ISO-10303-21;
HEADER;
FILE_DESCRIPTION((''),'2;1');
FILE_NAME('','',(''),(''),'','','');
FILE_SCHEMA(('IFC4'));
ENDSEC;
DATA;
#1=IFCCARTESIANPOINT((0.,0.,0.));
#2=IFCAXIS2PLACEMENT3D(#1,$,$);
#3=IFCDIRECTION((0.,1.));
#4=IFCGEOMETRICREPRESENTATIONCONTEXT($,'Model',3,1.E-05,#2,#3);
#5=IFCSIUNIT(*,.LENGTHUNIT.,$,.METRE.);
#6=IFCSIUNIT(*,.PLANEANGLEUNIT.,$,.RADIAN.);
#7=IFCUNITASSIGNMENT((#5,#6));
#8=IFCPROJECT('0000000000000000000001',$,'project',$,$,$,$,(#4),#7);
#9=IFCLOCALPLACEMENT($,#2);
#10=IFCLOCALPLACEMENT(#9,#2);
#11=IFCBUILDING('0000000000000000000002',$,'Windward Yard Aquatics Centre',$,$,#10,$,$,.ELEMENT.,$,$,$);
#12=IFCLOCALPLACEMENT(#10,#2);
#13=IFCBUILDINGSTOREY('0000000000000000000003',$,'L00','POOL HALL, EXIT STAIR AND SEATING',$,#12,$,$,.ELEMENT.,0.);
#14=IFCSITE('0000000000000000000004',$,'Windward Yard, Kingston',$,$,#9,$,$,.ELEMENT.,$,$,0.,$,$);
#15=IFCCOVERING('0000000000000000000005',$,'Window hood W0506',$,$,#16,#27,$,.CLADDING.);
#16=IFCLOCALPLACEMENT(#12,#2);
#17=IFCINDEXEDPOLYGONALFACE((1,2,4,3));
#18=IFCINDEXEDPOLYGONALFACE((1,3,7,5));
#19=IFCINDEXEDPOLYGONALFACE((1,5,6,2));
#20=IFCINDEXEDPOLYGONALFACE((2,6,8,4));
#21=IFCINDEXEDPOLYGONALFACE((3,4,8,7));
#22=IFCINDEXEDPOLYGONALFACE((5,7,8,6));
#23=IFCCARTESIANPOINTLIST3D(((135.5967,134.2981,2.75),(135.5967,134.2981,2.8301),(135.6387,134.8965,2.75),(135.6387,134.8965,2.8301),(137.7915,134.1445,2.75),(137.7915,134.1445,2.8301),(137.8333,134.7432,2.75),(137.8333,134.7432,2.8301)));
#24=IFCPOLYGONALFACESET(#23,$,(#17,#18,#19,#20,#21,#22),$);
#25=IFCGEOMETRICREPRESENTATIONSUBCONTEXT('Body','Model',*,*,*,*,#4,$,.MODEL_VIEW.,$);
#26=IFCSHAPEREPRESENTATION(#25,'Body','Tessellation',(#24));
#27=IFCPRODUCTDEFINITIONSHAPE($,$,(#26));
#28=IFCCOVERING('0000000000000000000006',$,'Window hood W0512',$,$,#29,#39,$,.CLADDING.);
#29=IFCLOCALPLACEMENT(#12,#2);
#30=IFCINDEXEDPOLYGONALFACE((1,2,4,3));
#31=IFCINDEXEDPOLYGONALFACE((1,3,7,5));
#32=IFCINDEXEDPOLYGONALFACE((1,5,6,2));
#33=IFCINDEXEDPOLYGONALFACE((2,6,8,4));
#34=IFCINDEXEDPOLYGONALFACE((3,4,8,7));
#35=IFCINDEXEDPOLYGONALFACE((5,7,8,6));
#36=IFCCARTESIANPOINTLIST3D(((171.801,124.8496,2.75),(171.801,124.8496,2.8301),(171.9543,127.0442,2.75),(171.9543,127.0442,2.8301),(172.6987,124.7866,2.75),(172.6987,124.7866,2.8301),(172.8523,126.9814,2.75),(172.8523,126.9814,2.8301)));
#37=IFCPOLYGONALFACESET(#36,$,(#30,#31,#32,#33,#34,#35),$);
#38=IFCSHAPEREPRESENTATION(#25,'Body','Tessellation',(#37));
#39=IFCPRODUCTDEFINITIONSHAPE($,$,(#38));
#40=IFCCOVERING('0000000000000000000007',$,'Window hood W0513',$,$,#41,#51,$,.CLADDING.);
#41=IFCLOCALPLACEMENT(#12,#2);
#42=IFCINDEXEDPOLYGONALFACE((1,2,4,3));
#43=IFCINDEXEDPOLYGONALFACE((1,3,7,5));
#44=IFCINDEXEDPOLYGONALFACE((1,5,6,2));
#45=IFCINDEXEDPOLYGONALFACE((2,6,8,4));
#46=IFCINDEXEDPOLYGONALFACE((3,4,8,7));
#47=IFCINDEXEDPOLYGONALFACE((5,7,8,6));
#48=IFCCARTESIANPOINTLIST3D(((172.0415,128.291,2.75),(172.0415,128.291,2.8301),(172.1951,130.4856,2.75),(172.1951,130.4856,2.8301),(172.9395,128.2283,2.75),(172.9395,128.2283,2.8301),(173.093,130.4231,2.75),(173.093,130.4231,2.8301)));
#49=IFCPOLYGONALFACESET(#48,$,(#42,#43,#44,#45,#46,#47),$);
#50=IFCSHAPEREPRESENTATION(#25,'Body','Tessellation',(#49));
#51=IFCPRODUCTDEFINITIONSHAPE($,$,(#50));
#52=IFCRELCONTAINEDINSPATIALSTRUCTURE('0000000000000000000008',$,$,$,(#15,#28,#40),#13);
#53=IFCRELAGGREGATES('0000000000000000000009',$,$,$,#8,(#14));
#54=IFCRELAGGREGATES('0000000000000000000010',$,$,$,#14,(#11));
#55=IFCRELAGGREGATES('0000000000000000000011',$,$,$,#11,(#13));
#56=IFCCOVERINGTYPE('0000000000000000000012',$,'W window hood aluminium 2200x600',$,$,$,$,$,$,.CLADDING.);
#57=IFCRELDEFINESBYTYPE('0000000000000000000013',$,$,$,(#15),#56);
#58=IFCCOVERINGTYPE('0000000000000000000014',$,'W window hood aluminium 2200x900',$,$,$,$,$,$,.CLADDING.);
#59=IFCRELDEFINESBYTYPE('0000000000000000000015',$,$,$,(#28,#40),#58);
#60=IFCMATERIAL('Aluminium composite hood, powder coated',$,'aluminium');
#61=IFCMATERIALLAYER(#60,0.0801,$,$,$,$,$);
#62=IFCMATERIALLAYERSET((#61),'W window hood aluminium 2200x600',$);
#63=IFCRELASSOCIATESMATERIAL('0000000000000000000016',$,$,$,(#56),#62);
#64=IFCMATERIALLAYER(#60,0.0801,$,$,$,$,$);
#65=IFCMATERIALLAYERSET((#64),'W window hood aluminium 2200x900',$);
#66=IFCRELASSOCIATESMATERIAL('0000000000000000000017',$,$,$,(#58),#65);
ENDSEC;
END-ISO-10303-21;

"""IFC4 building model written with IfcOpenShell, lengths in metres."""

from ifc_helpers import new_model, si_unit, direction, frame, origin, place, context, subcontext, project, spatial, polyline, outline, extrude, material, layer, layer_set, type_object, element, save


model = new_model("IFC4")

# Units and contexts
model_context = context("Model", 3, precision=1e-05, world=origin(), true_north=direction((0.0, 1.0)))
body_context = subcontext(model_context, "Body", "Model", "MODEL_VIEW")
ifc_project = project(units=[si_unit("LENGTHUNIT", "METRE"), si_unit("PLANEANGLEUNIT", "RADIAN")], contexts=[model_context])

# Site, building, storey
site_placement = place(None, origin())
site = spatial("IfcSite", under=ifc_project, at=site_placement, Name="Windward Yard, Kingston", CompositionType="ELEMENT", RefElevation=0.0)
building_placement = place(site_placement, origin())
building = spatial("IfcBuilding", under=site, at=building_placement, Name="Windward Yard Aquatics Centre", CompositionType="ELEMENT")
storey_placement = place(building_placement, origin())
storey = spatial("IfcBuildingStorey", under=building, at=storey_placement, Name="L00", Description="POOL HALL, EXIT STAIR AND SEATING", CompositionType="ELEMENT", Elevation=0.0)

# Coverings
ifc_material_1 = material(Name="Aluminium composite hood, powder coated", Category="aluminium")
ifc_layer_1 = layer(ifc_material_1, 0.0801)
ifc_layer_set_1 = layer_set([ifc_layer_1], Name="W window hood aluminium 2200x600")
covering_type_1 = type_object("IfcCoveringType", Name="W window hood aluminium 2200x600", PredefinedType="CLADDING", material=ifc_layer_set_1)
covering_1_placement = place(storey_placement, frame((0.0, 0.0, 2.75)))
element("IfcCovering", 1, at=covering_1_placement, inside=storey, type_object=covering_type_1, Name="Window hood W0506", PredefinedType="CLADDING", context=body_context, shape_type="SweptSolid", body=[
    extrude(outline(polyline([(135.5967, 134.2981), (137.7915, 134.1445), (137.8333, 134.7432), (135.6387, 134.8965), (135.5967, 134.2981)])), origin(), (0.0, 0.0, 1.0), 0.0801),
])
ifc_layer_2 = layer(ifc_material_1, 0.0801)
ifc_layer_set_2 = layer_set([ifc_layer_2], Name="W window hood aluminium 2200x900")
covering_type_2 = type_object("IfcCoveringType", Name="W window hood aluminium 2200x900", PredefinedType="CLADDING", material=ifc_layer_set_2)
covering_2_placement = place(storey_placement, frame((0.0, 0.0, 2.75)))
element("IfcCovering", 2, at=covering_2_placement, inside=storey, type_object=covering_type_2, Name="Window hood W0512", PredefinedType="CLADDING", context=body_context, shape_type="SweptSolid", body=[
    extrude(outline(polyline([(171.801, 124.8496), (171.9543, 127.0442), (172.8523, 126.9814), (172.6987, 124.7866), (171.801, 124.8496)])), origin(), (0.0, 0.0, 1.0), 0.0801),
])
covering_3_placement = place(storey_placement, frame((0.0, 0.0, 2.75)))
element("IfcCovering", 3, at=covering_3_placement, inside=storey, type_object=covering_type_2, Name="Window hood W0513", PredefinedType="CLADDING", context=body_context, shape_type="SweptSolid", body=[
    extrude(outline(polyline([(172.0415, 128.291), (172.1951, 130.4856), (173.093, 130.4231), (172.9395, 128.2283), (172.0415, 128.291)])), origin(), (0.0, 0.0, 1.0), 0.0801),
])

save(model, "model.ifc")
